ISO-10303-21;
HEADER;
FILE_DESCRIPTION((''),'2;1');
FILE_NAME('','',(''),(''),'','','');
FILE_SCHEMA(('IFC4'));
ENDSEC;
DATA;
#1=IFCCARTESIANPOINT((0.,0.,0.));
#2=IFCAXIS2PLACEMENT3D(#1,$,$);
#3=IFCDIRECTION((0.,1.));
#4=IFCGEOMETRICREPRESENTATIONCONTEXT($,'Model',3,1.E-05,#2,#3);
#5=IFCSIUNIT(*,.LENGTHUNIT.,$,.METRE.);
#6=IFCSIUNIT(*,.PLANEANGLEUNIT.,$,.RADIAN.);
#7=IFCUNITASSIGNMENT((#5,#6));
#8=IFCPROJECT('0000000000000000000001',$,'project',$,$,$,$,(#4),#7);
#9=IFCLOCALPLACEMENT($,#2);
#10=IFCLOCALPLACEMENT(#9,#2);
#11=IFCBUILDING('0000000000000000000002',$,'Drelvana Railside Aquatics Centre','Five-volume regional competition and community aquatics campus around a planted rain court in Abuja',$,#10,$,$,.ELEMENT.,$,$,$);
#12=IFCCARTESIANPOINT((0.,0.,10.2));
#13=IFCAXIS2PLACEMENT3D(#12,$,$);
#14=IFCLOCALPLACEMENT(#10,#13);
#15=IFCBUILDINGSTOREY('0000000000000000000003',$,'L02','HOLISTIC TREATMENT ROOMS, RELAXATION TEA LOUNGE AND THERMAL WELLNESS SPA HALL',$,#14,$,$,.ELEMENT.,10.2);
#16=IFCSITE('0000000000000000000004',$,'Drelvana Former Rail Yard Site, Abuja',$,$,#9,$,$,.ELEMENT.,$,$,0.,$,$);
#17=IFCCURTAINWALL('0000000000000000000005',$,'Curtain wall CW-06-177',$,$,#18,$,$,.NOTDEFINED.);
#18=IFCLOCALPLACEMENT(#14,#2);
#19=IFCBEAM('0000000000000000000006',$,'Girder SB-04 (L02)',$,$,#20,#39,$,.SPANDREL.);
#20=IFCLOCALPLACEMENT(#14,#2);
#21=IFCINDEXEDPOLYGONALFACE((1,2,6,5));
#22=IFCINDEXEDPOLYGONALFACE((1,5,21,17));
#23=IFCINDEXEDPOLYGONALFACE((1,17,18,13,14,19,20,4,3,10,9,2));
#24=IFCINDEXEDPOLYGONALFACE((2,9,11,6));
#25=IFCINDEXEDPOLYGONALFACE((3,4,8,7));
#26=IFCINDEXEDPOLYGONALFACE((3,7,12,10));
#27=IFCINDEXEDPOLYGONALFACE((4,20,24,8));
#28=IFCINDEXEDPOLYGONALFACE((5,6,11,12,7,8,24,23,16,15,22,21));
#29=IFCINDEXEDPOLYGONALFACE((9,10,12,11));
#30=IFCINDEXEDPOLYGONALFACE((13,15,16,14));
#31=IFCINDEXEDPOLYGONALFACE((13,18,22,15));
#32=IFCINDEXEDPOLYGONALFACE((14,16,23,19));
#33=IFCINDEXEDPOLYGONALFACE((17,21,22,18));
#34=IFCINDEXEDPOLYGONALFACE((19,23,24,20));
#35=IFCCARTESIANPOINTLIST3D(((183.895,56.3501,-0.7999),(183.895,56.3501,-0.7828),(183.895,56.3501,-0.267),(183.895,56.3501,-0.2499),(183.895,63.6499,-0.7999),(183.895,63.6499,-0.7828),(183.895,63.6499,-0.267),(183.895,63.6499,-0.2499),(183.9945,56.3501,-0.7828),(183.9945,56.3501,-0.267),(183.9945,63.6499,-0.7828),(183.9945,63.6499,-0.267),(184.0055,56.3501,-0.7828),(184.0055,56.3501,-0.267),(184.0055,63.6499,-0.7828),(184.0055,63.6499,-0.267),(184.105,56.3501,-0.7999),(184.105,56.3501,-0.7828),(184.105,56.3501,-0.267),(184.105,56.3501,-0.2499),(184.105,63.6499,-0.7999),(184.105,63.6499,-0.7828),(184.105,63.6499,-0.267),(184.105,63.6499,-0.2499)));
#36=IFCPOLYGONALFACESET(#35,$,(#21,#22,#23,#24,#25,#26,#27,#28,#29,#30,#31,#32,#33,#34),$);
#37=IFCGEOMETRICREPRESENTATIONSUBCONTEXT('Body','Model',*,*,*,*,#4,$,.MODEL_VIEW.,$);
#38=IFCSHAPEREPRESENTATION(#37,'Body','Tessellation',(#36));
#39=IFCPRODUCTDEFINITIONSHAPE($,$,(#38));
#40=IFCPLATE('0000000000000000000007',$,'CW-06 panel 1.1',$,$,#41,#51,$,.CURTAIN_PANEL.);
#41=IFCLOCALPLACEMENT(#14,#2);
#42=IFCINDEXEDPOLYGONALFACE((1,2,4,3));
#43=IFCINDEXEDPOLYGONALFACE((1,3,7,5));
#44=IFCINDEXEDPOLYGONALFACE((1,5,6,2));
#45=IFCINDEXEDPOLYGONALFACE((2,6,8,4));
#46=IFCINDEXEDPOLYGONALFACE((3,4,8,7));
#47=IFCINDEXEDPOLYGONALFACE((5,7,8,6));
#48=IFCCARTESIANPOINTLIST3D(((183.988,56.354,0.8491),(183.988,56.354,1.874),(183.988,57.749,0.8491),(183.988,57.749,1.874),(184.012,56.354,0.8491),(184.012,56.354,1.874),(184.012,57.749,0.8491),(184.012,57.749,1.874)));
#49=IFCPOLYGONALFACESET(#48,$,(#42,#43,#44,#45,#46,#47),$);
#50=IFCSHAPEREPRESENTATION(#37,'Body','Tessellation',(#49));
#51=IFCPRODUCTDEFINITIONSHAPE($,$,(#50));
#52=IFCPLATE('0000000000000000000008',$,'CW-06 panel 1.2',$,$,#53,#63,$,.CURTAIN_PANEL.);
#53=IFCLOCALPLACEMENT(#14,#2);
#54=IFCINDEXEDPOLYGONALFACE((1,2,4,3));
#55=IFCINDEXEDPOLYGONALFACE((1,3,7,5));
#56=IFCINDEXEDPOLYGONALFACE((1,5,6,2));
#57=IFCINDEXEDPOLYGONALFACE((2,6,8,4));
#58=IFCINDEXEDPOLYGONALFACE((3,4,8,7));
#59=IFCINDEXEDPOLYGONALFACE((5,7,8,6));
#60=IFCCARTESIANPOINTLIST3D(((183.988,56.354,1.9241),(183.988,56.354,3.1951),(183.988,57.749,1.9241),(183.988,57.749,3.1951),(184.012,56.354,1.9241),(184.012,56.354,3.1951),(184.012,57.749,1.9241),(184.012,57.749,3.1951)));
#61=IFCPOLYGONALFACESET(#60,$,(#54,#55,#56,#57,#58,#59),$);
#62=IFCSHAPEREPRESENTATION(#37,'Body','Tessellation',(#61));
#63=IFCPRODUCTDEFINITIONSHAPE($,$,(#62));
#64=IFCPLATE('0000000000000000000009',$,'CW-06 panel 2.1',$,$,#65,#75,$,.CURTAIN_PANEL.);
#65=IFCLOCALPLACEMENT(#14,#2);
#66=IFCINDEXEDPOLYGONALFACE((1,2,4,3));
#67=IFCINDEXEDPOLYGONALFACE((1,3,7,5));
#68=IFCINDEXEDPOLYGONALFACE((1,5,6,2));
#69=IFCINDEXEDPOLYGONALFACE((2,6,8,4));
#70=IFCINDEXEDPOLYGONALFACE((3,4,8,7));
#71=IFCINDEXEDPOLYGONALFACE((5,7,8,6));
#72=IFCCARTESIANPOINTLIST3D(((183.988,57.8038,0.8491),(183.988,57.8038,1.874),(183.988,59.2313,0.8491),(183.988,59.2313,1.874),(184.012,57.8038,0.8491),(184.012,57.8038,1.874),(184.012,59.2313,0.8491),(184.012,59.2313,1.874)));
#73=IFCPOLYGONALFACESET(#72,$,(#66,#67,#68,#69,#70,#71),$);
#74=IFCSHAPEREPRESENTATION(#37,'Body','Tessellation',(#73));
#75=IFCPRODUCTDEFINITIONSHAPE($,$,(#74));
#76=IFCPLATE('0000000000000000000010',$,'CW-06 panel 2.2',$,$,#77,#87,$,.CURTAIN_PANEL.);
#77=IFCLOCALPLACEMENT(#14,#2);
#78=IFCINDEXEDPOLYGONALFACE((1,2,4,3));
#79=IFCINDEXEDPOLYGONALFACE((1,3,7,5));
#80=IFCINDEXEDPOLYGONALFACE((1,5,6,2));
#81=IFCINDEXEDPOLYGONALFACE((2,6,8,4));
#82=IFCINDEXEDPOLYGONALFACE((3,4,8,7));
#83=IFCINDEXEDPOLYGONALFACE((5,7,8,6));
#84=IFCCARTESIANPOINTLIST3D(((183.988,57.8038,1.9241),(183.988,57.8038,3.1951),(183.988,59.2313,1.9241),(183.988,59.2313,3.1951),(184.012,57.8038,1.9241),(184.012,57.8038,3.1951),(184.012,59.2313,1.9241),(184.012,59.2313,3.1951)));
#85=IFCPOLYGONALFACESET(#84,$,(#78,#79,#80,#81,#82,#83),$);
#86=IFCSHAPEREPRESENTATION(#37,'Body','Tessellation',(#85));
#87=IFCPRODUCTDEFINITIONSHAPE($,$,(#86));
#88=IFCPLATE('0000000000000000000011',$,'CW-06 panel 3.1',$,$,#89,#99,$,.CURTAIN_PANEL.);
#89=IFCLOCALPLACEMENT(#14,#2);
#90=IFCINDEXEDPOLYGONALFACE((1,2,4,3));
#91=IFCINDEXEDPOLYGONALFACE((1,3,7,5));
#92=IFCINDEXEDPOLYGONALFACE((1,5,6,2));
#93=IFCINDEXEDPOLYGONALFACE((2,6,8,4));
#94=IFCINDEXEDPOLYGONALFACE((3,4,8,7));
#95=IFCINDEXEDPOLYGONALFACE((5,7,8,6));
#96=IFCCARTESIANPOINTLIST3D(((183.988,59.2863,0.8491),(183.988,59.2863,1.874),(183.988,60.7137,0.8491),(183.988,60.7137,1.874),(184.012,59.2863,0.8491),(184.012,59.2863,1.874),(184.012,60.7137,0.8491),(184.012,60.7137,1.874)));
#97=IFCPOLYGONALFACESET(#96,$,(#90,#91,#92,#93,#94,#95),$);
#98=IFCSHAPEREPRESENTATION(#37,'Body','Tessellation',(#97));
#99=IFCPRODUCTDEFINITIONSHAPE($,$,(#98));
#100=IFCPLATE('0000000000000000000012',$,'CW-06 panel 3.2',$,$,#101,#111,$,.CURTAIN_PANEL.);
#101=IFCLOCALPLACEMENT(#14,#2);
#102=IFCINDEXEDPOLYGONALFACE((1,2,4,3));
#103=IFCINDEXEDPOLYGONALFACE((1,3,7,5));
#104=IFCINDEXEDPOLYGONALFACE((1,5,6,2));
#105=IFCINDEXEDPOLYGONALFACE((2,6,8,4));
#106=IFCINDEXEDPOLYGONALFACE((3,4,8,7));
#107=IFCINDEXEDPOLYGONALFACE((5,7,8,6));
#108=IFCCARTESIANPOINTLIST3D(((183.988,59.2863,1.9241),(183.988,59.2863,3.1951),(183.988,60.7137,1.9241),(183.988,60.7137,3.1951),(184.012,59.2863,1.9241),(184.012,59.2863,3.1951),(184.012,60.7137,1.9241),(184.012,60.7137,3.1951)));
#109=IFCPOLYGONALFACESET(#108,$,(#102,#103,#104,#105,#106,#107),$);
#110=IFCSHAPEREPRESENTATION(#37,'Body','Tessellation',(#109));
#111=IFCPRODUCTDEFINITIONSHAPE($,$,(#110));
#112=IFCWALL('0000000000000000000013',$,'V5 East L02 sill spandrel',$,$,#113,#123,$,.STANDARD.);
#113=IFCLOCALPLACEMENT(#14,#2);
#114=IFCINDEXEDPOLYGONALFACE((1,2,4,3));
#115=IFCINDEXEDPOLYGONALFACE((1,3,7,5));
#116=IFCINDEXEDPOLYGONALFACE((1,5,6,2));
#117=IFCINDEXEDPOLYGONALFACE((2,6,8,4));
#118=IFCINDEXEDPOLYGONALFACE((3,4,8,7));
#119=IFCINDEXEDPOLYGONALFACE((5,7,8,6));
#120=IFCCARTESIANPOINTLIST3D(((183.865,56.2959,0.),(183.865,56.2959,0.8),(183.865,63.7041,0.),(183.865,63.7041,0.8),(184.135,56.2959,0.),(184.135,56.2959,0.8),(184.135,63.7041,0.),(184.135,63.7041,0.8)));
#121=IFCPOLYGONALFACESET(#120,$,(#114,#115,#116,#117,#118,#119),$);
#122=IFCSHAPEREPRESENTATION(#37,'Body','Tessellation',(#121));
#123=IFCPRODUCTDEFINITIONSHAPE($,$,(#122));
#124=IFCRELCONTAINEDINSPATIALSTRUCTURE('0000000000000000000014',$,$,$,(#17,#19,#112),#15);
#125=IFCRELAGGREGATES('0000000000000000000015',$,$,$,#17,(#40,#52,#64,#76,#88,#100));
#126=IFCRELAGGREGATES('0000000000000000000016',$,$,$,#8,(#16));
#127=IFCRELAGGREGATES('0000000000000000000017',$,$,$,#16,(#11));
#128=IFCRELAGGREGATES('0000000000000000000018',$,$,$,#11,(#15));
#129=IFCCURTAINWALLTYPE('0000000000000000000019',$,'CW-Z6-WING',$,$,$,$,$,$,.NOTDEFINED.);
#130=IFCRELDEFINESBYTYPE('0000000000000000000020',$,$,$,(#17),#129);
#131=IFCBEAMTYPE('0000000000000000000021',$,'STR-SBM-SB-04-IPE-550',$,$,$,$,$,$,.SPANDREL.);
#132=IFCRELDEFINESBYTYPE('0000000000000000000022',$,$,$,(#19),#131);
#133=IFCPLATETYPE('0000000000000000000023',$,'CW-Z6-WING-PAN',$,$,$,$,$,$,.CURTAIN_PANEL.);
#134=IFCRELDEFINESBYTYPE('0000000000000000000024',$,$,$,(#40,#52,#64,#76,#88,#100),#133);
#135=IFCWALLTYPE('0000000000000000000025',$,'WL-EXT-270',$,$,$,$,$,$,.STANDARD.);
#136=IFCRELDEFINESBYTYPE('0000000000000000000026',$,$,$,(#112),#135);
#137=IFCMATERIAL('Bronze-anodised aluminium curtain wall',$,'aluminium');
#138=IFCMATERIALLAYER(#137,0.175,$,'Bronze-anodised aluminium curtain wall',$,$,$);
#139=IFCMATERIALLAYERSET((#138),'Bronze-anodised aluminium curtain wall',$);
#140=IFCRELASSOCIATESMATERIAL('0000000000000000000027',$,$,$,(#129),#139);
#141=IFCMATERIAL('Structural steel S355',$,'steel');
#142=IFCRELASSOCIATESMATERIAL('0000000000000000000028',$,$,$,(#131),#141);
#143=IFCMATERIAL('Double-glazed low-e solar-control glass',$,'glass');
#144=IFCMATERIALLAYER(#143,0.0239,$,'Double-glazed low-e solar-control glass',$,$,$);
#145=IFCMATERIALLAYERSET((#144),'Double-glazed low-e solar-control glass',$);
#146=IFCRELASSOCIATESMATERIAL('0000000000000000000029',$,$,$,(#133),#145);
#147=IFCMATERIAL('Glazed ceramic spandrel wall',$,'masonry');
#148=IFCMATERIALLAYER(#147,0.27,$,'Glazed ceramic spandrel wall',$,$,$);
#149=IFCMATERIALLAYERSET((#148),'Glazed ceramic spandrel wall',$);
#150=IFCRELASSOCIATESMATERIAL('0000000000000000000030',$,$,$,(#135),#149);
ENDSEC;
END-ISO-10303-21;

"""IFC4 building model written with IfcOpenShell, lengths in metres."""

from ifc_helpers import new_model, si_unit, direction, frame, frame_2d, origin, origin_2d, place, context, subcontext, project, spatial, rectangle, i_section, extrude, material, layer, layer_set, material_profile, profile_set, type_object, element, aggregate, save


model = new_model("IFC4")

# Units and contexts
model_context = context("Model", 3, precision=1e-05, world=origin(), true_north=direction((0.0, 1.0)))
body_context = subcontext(model_context, "Body", "Model", "MODEL_VIEW")
ifc_project = project(units=[si_unit("LENGTHUNIT", "METRE"), si_unit("PLANEANGLEUNIT", "RADIAN")], contexts=[model_context])

# Site, building, storey
site_placement = place(None, origin())
site = spatial("IfcSite", under=ifc_project, at=site_placement, Name="Drelvana Former Rail Yard Site, Abuja", CompositionType="ELEMENT", RefElevation=0.0)
building_placement = place(site_placement, origin())
building = spatial("IfcBuilding", under=site, at=building_placement, Name="Drelvana Railside Aquatics Centre", Description="Five-volume regional competition and community aquatics campus around a planted rain court in Abuja", CompositionType="ELEMENT")
storey_placement = place(building_placement, frame((0.0, 0.0, 10.2)))
storey = spatial("IfcBuildingStorey", under=building, at=storey_placement, Name="L02", Description="HOLISTIC TREATMENT ROOMS, RELAXATION TEA LOUNGE AND THERMAL WELLNESS SPA HALL", CompositionType="ELEMENT", Elevation=10.2)

# Curtain wall
ifc_material_1 = material(Name="Bronze-anodised aluminium curtain wall", Category="aluminium")
ifc_layer_1 = layer(ifc_material_1, 0.175, Name="Bronze-anodised aluminium curtain wall")
ifc_layer_set_1 = layer_set([ifc_layer_1], Name="Bronze-anodised aluminium curtain wall")
curtain_wall_type = type_object("IfcCurtainWallType", Name="CW-Z6-WING", PredefinedType="NOTDEFINED", material=ifc_layer_set_1)
curtain_wall_placement = place(storey_placement, origin())
curtain_wall = element("IfcCurtainWall", 1, at=curtain_wall_placement, inside=storey, type_object=curtain_wall_type, Name="Curtain wall CW-06-177", PredefinedType="NOTDEFINED")

# Beam
ifc_material_2 = material(Name="Structural steel S355", Category="steel")
ifc_material_profile_1 = material_profile(ifc_material_2, i_section(OverallWidth=0.21, OverallDepth=0.55, WebThickness=0.011, FlangeThickness=0.0171, at=origin_2d()), Name="IPE 550")
ifc_profile_set_1 = profile_set([ifc_material_profile_1], Name="Structural steel S355")
beam_type = type_object("IfcBeamType", Name="STR-SBM-SB-04-IPE-550", PredefinedType="SPANDREL", material=ifc_profile_set_1)
beam_placement = place(storey_placement, frame((184.0, 56.3501, -0.5249), z_axis=(0.0, 1.0, 0.0), x_axis=(-1.0, 0.0, 0.0)))
element("IfcBeam", 2, at=beam_placement, inside=storey, type_object=beam_type, Name="Girder SB-04 (L02)", PredefinedType="SPANDREL", context=body_context, shape_type="SweptSolid", body=[
    extrude(i_section(OverallWidth=0.21, OverallDepth=0.55, WebThickness=0.011, FlangeThickness=0.0171, at=origin_2d()), origin(), (0.0, 0.0, 1.0), 7.2998),
])

# Plates
ifc_material_3 = material(Name="Double-glazed low-e solar-control glass", Category="glass")
ifc_layer_2 = layer(ifc_material_3, 0.0239, Name="Double-glazed low-e solar-control glass")
ifc_layer_set_2 = layer_set([ifc_layer_2], Name="Double-glazed low-e solar-control glass")
plate_type = type_object("IfcPlateType", Name="CW-Z6-WING-PAN", PredefinedType="CURTAIN_PANEL", material=ifc_layer_set_2)
plate_1_placement = place(storey_placement, frame((184.0, 57.0515, 0.8491), z_axis=(0.0, 0.0, 1.0), x_axis=(0.0, 1.0, 0.0)))
plate_1 = element("IfcPlate", 3, at=plate_1_placement, type_object=plate_type, Name="CW-06 panel 1.1", PredefinedType="CURTAIN_PANEL", context=body_context, shape_type="SweptSolid", body=[
    extrude(rectangle(XDim=1.395, YDim=0.0239, at=origin_2d()), origin(), (0.0, 0.0, 1.0), 1.0249),
])
plate_2_placement = place(storey_placement, frame((184.0, 57.0515, 1.9241), z_axis=(0.0, 0.0, 1.0), x_axis=(0.0, 1.0, 0.0)))
plate_2 = element("IfcPlate", 4, at=plate_2_placement, type_object=plate_type, Name="CW-06 panel 1.2", PredefinedType="CURTAIN_PANEL", context=body_context, shape_type="SweptSolid", body=[
    extrude(rectangle(XDim=1.395, YDim=0.0239, at=origin_2d()), origin(), (0.0, 0.0, 1.0), 1.271),
])
plate_3_placement = place(storey_placement, frame((184.0, 58.5176, 0.8491), z_axis=(0.0, 0.0, 1.0), x_axis=(0.0, 1.0, 0.0)))
plate_3 = element("IfcPlate", 5, at=plate_3_placement, type_object=plate_type, Name="CW-06 panel 2.1", PredefinedType="CURTAIN_PANEL", context=body_context, shape_type="SweptSolid", body=[
    extrude(rectangle(XDim=1.4275, YDim=0.0239, at=origin_2d()), origin(), (0.0, 0.0, 1.0), 1.0249),
])
plate_4_placement = place(storey_placement, frame((184.0, 58.5176, 1.9241), z_axis=(0.0, 0.0, 1.0), x_axis=(0.0, 1.0, 0.0)))
plate_4 = element("IfcPlate", 6, at=plate_4_placement, type_object=plate_type, Name="CW-06 panel 2.2", PredefinedType="CURTAIN_PANEL", context=body_context, shape_type="SweptSolid", body=[
    extrude(rectangle(XDim=1.4275, YDim=0.0239, at=origin_2d()), origin(), (0.0, 0.0, 1.0), 1.271),
])
plate_5_placement = place(storey_placement, frame((184.0, 60.0, 0.8491), z_axis=(0.0, 0.0, 1.0), x_axis=(0.0, 1.0, 0.0)))
plate_5 = element("IfcPlate", 7, at=plate_5_placement, type_object=plate_type, Name="CW-06 panel 3.1", PredefinedType="CURTAIN_PANEL", context=body_context, shape_type="SweptSolid", body=[
    extrude(rectangle(XDim=1.4275, YDim=0.0239, at=origin_2d()), origin(), (0.0, 0.0, 1.0), 1.0249),
])
plate_6_placement = place(storey_placement, frame((184.0, 60.0, 1.9241), z_axis=(0.0, 0.0, 1.0), x_axis=(0.0, 1.0, 0.0)))
plate_6 = element("IfcPlate", 8, at=plate_6_placement, type_object=plate_type, Name="CW-06 panel 3.2", PredefinedType="CURTAIN_PANEL", context=body_context, shape_type="SweptSolid", body=[
    extrude(rectangle(XDim=1.4275, YDim=0.0239, at=origin_2d()), origin(), (0.0, 0.0, 1.0), 1.271),
])
aggregate(curtain_wall, [plate_1, plate_2, plate_3, plate_4, plate_5, plate_6])

# Wall
ifc_material_4 = material(Name="Glazed ceramic spandrel wall", Category="masonry")
ifc_layer_3 = layer(ifc_material_4, 0.27, Name="Glazed ceramic spandrel wall")
ifc_layer_set_3 = layer_set([ifc_layer_3], Name="Glazed ceramic spandrel wall")
wall_type = type_object("IfcWallType", Name="WL-EXT-270", PredefinedType="STANDARD", material=ifc_layer_set_3)
wall_placement = place(storey_placement, frame((184.0, 56.2959, 0.0), z_axis=(0.0, 0.0, 1.0), x_axis=(0.0, 1.0, 0.0)))
element("IfcWall", 9, at=wall_placement, inside=storey, type_object=wall_type, Name="V5 East L02 sill spandrel", PredefinedType="STANDARD", context=body_context, shape_type="SweptSolid", body=[
    extrude(rectangle(XDim=7.4082, YDim=0.27, at=frame_2d((3.7041, 0.0))), origin(), (0.0, 0.0, 1.0), 0.8),
])

save(model, "model.ifc")
